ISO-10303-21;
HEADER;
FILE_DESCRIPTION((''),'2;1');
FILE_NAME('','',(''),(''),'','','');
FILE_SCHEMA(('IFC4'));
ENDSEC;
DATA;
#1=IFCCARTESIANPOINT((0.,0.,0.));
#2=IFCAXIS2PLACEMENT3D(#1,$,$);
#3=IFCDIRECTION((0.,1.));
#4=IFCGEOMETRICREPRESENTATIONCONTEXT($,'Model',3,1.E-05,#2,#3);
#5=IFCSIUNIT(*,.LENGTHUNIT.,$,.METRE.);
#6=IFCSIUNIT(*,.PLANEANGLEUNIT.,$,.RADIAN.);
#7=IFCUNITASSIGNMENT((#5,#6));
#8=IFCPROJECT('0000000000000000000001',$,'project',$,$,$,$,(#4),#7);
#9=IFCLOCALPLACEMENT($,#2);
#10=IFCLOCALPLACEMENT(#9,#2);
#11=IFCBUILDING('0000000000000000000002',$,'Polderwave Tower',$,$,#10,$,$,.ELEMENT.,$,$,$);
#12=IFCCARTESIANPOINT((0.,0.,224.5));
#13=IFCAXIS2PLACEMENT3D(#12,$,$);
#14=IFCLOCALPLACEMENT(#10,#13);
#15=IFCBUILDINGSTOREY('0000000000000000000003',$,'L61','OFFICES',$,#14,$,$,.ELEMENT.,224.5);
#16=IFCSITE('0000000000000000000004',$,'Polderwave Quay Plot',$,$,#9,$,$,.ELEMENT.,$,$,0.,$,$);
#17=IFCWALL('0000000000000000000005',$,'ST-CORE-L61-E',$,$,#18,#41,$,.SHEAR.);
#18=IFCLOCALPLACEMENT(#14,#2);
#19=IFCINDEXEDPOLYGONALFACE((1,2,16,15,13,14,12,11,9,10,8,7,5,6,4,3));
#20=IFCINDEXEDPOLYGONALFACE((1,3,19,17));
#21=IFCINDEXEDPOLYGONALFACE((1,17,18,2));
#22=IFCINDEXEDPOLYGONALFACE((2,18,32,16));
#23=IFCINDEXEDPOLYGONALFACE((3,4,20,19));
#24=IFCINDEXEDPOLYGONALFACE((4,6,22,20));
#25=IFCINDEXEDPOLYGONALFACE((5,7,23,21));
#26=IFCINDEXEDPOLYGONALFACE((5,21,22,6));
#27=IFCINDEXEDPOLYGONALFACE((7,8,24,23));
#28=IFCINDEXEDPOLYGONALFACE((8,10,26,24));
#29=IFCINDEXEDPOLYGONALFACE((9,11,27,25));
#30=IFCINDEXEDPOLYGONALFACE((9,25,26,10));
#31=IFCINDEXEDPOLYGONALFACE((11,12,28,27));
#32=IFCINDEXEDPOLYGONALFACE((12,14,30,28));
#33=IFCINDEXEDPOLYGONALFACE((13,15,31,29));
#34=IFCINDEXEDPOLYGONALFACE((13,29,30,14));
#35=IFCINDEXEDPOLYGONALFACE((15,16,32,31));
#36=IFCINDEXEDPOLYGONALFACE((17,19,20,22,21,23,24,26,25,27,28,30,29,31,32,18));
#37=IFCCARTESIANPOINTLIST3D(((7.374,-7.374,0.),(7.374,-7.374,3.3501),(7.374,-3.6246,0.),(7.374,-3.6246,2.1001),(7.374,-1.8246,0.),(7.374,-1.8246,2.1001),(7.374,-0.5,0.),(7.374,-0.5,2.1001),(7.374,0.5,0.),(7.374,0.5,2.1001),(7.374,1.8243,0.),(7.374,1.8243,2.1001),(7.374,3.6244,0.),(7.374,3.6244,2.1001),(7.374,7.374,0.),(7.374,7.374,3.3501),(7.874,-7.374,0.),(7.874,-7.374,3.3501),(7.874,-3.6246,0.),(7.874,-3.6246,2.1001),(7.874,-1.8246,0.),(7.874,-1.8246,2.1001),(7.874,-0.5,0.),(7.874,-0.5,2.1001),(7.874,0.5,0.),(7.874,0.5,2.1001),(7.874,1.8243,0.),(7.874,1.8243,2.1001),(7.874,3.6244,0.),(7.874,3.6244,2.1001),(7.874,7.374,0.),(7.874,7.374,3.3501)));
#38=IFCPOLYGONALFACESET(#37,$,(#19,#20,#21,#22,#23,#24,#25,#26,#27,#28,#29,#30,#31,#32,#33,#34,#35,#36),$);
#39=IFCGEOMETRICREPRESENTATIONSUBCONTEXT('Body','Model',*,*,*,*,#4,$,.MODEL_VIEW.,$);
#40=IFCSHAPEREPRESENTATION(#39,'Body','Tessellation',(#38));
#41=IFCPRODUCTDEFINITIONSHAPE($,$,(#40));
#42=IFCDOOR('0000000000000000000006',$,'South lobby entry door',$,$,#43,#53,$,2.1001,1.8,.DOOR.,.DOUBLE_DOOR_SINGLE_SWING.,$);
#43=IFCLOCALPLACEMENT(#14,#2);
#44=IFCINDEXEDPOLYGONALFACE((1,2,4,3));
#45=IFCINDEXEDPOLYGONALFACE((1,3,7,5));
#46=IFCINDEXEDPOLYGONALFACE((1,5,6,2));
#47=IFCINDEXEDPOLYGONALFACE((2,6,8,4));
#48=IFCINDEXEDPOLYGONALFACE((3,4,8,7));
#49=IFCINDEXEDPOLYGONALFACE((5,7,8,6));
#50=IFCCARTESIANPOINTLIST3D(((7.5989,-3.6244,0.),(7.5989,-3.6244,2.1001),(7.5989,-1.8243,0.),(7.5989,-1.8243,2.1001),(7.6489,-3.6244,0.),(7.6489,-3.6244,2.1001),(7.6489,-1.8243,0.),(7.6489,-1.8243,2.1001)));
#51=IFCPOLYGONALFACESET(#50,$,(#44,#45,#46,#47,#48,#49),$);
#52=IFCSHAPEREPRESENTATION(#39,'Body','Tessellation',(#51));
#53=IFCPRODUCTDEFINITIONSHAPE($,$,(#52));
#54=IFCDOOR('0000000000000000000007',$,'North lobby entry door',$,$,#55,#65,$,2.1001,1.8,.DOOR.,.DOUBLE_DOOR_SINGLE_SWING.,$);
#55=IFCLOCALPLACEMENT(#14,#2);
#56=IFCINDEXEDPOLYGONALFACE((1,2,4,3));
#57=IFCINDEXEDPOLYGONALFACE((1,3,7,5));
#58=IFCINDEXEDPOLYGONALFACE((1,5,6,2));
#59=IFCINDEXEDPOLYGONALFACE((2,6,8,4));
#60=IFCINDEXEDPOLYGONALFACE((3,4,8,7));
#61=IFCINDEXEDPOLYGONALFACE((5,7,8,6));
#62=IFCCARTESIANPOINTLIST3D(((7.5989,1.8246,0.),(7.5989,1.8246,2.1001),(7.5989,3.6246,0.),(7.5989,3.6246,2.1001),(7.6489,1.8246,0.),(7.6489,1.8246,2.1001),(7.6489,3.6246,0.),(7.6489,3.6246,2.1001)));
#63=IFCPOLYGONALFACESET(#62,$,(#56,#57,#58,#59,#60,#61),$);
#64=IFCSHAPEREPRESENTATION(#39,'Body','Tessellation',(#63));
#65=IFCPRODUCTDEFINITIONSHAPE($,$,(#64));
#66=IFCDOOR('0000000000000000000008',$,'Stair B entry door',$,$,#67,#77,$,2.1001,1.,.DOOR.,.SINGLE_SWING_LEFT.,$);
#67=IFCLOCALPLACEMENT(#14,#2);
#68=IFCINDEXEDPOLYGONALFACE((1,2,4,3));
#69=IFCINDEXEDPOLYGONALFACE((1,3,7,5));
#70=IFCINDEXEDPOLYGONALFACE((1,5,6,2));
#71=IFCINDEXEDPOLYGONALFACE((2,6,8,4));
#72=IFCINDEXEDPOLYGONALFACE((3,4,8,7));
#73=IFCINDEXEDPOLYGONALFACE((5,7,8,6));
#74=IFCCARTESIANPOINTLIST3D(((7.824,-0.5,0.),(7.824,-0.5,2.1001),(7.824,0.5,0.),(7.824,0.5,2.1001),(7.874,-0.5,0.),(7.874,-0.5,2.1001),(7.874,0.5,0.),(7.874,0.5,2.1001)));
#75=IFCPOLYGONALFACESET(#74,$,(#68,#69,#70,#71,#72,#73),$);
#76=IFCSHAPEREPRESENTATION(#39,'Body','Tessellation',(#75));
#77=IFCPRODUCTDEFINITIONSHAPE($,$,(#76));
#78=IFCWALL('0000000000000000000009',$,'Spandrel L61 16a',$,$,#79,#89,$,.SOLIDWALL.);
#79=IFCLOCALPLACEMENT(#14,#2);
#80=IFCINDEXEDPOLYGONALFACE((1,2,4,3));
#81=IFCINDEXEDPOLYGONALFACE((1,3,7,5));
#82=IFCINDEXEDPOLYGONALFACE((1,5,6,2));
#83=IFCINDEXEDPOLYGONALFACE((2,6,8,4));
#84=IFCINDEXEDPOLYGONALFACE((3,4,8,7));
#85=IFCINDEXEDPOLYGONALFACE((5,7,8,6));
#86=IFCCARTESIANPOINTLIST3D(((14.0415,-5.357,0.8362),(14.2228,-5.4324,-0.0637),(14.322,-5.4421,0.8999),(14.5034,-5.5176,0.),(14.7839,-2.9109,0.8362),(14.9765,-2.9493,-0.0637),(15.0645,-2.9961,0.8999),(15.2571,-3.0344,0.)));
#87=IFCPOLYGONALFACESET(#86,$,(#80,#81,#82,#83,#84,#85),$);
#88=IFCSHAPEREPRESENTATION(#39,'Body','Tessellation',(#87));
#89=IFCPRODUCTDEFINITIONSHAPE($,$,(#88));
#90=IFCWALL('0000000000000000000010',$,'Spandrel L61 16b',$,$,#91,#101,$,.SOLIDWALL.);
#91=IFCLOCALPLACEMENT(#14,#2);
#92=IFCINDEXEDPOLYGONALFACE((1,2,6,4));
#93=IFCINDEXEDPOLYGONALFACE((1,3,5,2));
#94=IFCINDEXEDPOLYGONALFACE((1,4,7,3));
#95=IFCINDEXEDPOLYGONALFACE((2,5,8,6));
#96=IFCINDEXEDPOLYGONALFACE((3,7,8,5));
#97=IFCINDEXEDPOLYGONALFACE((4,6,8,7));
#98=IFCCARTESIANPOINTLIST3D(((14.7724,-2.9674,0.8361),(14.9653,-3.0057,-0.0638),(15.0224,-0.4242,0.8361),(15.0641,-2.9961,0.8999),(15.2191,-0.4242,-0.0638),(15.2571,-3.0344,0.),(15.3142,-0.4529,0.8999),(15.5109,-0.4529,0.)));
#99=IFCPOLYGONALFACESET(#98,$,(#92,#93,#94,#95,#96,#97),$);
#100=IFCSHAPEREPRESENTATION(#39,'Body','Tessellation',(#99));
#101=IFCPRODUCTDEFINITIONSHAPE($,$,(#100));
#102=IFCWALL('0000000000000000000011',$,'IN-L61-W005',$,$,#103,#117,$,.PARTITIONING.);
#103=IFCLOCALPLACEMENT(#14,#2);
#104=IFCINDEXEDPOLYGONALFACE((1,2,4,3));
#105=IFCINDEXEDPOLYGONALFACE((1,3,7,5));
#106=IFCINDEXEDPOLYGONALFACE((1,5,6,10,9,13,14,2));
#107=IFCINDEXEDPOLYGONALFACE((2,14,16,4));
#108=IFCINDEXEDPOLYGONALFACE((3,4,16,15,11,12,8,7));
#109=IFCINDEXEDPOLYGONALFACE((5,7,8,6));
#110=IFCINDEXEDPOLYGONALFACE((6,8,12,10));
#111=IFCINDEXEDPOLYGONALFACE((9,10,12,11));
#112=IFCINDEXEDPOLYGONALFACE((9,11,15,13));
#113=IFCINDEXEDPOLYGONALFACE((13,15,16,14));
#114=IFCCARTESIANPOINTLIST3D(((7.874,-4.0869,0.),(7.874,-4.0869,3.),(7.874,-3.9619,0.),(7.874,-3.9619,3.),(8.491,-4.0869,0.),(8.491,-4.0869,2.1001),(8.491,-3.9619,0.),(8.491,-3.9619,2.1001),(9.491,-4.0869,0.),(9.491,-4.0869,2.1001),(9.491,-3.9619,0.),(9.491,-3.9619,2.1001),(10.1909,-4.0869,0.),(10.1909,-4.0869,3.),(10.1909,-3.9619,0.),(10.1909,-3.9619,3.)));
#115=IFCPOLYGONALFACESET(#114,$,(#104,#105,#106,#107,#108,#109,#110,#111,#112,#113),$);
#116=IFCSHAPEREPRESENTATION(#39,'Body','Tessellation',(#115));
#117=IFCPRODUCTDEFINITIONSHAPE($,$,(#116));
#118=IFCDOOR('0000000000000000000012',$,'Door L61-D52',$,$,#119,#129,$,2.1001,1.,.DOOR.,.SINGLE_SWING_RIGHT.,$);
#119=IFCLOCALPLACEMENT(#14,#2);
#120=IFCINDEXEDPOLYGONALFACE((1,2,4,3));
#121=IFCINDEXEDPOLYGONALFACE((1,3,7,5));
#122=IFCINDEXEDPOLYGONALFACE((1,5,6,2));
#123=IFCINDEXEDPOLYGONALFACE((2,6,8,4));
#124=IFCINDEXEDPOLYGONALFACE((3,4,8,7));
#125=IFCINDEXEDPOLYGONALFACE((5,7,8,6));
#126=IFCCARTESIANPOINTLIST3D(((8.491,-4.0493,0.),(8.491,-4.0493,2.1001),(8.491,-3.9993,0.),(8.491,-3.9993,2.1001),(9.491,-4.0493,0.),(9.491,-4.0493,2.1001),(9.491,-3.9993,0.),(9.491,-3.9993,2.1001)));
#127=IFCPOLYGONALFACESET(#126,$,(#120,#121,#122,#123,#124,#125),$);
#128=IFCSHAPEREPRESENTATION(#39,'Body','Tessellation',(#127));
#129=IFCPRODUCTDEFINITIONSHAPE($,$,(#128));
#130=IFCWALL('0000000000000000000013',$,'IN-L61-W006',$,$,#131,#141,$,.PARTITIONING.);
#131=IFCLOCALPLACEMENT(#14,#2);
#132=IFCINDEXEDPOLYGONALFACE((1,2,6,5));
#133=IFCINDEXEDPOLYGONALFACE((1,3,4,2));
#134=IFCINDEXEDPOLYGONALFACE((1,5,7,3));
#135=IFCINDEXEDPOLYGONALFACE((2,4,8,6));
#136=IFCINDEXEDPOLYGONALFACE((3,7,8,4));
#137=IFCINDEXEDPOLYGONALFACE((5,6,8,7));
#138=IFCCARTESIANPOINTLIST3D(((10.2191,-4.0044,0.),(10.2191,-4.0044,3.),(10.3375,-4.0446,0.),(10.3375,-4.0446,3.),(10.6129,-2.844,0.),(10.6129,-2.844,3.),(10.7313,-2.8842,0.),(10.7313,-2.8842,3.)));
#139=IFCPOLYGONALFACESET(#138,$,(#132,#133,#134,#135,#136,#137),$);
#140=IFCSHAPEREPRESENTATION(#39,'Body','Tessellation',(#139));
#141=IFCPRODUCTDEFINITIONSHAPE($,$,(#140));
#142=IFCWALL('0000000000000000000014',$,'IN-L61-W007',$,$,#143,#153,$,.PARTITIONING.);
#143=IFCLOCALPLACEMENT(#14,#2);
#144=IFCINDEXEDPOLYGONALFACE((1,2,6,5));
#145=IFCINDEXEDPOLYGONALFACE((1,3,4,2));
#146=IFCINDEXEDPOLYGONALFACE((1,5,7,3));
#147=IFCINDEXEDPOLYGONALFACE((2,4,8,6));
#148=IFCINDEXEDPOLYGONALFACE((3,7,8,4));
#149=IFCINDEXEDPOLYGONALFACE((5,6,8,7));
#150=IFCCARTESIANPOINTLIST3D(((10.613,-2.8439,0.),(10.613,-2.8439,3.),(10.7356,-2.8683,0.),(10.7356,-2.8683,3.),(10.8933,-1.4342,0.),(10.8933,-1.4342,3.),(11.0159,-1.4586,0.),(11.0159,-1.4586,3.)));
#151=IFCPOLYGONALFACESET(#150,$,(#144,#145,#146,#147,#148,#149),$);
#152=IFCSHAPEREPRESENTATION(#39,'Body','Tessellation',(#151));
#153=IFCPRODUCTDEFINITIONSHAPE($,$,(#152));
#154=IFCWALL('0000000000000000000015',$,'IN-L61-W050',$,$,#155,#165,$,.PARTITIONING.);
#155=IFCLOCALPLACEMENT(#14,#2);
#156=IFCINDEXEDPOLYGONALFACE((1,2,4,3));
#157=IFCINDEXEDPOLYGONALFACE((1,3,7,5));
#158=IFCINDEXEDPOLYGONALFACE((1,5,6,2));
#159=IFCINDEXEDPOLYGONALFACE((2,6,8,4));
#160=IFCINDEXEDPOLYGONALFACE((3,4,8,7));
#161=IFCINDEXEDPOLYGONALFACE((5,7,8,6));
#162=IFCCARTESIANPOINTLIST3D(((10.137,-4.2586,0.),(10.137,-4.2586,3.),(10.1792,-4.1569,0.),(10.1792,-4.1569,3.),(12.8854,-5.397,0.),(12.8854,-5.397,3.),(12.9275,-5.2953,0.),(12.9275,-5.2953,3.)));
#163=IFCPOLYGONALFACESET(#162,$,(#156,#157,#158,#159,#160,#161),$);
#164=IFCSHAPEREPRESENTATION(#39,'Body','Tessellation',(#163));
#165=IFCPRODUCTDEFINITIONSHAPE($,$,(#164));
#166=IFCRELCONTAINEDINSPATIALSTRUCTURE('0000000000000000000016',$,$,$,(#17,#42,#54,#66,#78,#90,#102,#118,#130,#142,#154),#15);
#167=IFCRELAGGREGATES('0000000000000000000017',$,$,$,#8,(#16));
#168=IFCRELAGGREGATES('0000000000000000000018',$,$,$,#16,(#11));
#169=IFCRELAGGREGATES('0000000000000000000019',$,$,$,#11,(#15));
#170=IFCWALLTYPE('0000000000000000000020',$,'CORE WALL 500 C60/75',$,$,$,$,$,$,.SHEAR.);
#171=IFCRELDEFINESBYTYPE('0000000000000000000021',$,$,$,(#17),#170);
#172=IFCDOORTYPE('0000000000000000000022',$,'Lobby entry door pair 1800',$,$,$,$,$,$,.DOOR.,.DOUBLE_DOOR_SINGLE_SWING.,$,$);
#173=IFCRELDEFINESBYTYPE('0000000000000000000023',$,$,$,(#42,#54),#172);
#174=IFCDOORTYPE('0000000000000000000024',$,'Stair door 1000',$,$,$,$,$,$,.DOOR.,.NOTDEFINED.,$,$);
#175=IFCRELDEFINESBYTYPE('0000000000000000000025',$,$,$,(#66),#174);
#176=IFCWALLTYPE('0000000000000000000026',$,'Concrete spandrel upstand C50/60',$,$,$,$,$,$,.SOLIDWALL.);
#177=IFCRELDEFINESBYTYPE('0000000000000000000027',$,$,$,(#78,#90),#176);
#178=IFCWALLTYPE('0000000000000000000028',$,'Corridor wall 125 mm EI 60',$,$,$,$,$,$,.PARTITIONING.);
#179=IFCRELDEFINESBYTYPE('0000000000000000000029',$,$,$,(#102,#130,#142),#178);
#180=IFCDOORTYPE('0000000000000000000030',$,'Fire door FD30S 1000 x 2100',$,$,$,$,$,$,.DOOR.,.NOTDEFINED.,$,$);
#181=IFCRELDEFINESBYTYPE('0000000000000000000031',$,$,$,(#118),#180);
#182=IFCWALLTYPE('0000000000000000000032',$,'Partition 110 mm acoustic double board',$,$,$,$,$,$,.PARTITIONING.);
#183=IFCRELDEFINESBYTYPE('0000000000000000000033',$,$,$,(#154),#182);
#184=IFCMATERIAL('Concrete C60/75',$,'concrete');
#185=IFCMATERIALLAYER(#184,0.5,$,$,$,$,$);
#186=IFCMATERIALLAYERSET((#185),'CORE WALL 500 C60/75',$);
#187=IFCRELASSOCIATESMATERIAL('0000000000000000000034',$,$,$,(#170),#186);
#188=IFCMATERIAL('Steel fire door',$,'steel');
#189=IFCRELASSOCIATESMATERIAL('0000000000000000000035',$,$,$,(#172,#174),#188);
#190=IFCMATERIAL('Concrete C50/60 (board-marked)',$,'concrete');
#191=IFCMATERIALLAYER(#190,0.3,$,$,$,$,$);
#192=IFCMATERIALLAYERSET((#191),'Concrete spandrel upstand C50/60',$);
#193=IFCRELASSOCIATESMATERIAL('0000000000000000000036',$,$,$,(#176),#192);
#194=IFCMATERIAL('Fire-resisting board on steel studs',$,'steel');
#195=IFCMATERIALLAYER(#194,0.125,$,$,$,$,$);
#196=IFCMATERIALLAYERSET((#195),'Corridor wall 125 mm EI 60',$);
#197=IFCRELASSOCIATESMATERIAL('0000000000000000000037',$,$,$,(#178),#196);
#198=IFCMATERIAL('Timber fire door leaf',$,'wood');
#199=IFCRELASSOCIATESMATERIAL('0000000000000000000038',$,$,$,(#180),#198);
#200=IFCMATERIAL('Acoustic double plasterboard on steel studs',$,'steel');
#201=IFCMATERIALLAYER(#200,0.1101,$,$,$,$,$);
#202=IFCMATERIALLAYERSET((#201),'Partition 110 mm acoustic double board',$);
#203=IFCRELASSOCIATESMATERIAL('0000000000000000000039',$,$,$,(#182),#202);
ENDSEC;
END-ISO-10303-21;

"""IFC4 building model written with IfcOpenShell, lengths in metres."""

from ifc_helpers import new_model, si_unit, direction, frame, frame_2d, origin, place, context, subcontext, project, spatial, polyline, rectangle, outline, extrude, material, layer, layer_set, type_object, element, fill, save


model = new_model("IFC4")

# Units and contexts
model_context = context("Model", 3, precision=1e-05, world=origin(), true_north=direction((0.0, 1.0)))
body_context = subcontext(model_context, "Body", "Model", "MODEL_VIEW")
ifc_project = project(units=[si_unit("LENGTHUNIT", "METRE"), si_unit("PLANEANGLEUNIT", "RADIAN")], contexts=[model_context])

# Site, building, storey
site_placement = place(None, origin())
site = spatial("IfcSite", under=ifc_project, at=site_placement, Name="Polderwave Quay Plot", CompositionType="ELEMENT", RefElevation=0.0)
building_placement = place(site_placement, origin())
building = spatial("IfcBuilding", under=site, at=building_placement, Name="Polderwave Tower", CompositionType="ELEMENT")
storey_placement = place(building_placement, frame((0.0, 0.0, 224.5)))
storey = spatial("IfcBuildingStorey", under=building, at=storey_placement, Name="L61", Description="OFFICES", CompositionType="ELEMENT", Elevation=224.5)

# Shared definitions
ifc_material_1 = material(Name="Concrete C60/75", Category="concrete")

# Wall, openings, doors
ifc_layer_1 = layer(ifc_material_1, 0.5)
ifc_layer_set_1 = layer_set([ifc_layer_1], Name="CORE WALL 500 C60/75")
wall_type_1 = type_object("IfcWallType", Name="CORE WALL 500 C60/75", PredefinedType="SHEAR", material=ifc_layer_set_1)
wall_1_placement = place(storey_placement, frame((7.624, -7.374, 0.0), z_axis=(0.0, 0.0, 1.0), x_axis=(0.0, 1.0, 0.0)))
wall_1 = element("IfcWall", 1, at=wall_1_placement, inside=storey, type_object=wall_type_1, Name="ST-CORE-L61-E", PredefinedType="SHEAR", context=body_context, shape_type="SweptSolid", body=[
    extrude(rectangle(XDim=14.748, YDim=0.5, at=frame_2d((7.374, 0.0))), origin(), (0.0, 0.0, 1.0), 3.3501),
])
opening_1_placement = place(wall_1_placement, frame((6.874, 0.0, 0.0)))
opening_1 = element("IfcOpeningElement", 2, at=opening_1_placement, cuts=wall_1, PredefinedType="OPENING", context=body_context, shape_type="SweptSolid", body=[
    extrude(rectangle(XDim=1.0, YDim=2.1001, at=frame_2d((0.5, 1.05))), frame((0.0, 0.26, 0.0), z_axis=(0.0, -1.0, 0.0), x_axis=(1.0, 0.0, 0.0)), (0.0, 0.0, 1.0), 0.52),
])
opening_2_placement = place(wall_1_placement, frame((3.7495, 0.0, 0.0)))
opening_2 = element("IfcOpeningElement", 3, at=opening_2_placement, cuts=wall_1, PredefinedType="OPENING", context=body_context, shape_type="SweptSolid", body=[
    extrude(rectangle(XDim=1.8, YDim=2.1001, at=frame_2d((0.8999, 1.05))), frame((0.0, 0.26, 0.0), z_axis=(0.0, -1.0, 0.0), x_axis=(1.0, 0.0, 0.0)), (0.0, 0.0, 1.0), 0.52),
])
opening_3_placement = place(wall_1_placement, frame((9.1985, 0.0, 0.0)))
opening_3 = element("IfcOpeningElement", 4, at=opening_3_placement, cuts=wall_1, PredefinedType="OPENING", context=body_context, shape_type="SweptSolid", body=[
    extrude(rectangle(XDim=1.8, YDim=2.1001, at=frame_2d((0.8999, 1.05))), frame((0.0, 0.26, 0.0), z_axis=(0.0, -1.0, 0.0), x_axis=(1.0, 0.0, 0.0)), (0.0, 0.0, 1.0), 0.52),
])
ifc_material_2 = material(Name="Steel fire door", Category="steel")
door_type_1 = type_object("IfcDoorType", Name="Lobby entry door pair 1800", OperationType="DOUBLE_DOOR_SINGLE_SWING", PredefinedType="DOOR", material=ifc_material_2)
door_1_placement = place(opening_2_placement, frame((1.8, 0.0, 0.0), z_axis=(0.0, 0.0, 1.0), x_axis=(-1.0, 0.0, 0.0)))
door_1 = element("IfcDoor", 5, at=door_1_placement, inside=storey, type_object=door_type_1, Name="South lobby entry door", OperationType="DOUBLE_DOOR_SINGLE_SWING", OverallHeight=2.1001, OverallWidth=1.8, PredefinedType="DOOR", context=body_context, shape_type="SweptSolid", body=[
    extrude(rectangle(XDim=1.8, YDim=2.1001, at=frame_2d((0.8999, 1.05))), frame((0.0, 0.0249, 0.0), z_axis=(0.0, -1.0, 0.0), x_axis=(1.0, 0.0, 0.0)), (0.0, 0.0, 1.0), 0.05),
])
fill(opening_2, door_1)
door_2_placement = place(opening_3_placement, frame((1.8, 0.0, 0.0), z_axis=(0.0, 0.0, 1.0), x_axis=(-1.0, 0.0, 0.0)))
door_2 = element("IfcDoor", 6, at=door_2_placement, inside=storey, type_object=door_type_1, Name="North lobby entry door", OperationType="DOUBLE_DOOR_SINGLE_SWING", OverallHeight=2.1001, OverallWidth=1.8, PredefinedType="DOOR", context=body_context, shape_type="SweptSolid", body=[
    extrude(rectangle(XDim=1.8, YDim=2.1001, at=frame_2d((0.8999, 1.05))), frame((0.0, 0.0249, 0.0), z_axis=(0.0, -1.0, 0.0), x_axis=(1.0, 0.0, 0.0)), (0.0, 0.0, 1.0), 0.05),
])
fill(opening_3, door_2)
door_type_2 = type_object("IfcDoorType", Name="Stair door 1000", OperationType="NOTDEFINED", PredefinedType="DOOR", material=ifc_material_2)
door_3_placement = place(opening_1_placement, frame((1.0, 0.0, 0.0), z_axis=(0.0, 0.0, 1.0), x_axis=(-1.0, 0.0, 0.0)))
door_3 = element("IfcDoor", 7, at=door_3_placement, inside=storey, type_object=door_type_2, Name="Stair B entry door", OperationType="SINGLE_SWING_LEFT", OverallHeight=2.1001, OverallWidth=1.0, PredefinedType="DOOR", context=body_context, shape_type="SweptSolid", body=[
    extrude(rectangle(XDim=1.0, YDim=2.1001, at=frame_2d((0.5, 1.05))), frame((0.0, 0.25, 0.0), z_axis=(0.0, -1.0, 0.0), x_axis=(1.0, 0.0, 0.0)), (0.0, 0.0, 1.0), 0.05),
])
fill(opening_1, door_3)

# Walls
ifc_material_3 = material(Name="Concrete C50/60 (board-marked)", Category="concrete")
ifc_layer_2 = layer(ifc_material_3, 0.3)
ifc_layer_set_2 = layer_set([ifc_layer_2], Name="Concrete spandrel upstand C50/60")
wall_type_2 = type_object("IfcWallType", Name="Concrete spandrel upstand C50/60", PredefinedType="SOLIDWALL", material=ifc_layer_set_2)
wall_2_placement = place(storey_placement, frame((14.5034, -5.5176, 0.0), z_axis=(0.93509, -0.283815, 0.212265), x_axis=(0.290433, 0.956895, 0.000001)))
element("IfcWall", 8, at=wall_2_placement, inside=storey, type_object=wall_type_2, Name="Spandrel L61 16a", PredefinedType="SOLIDWALL", context=body_context, shape_type="SweptSolid", body=[
    extrude(outline(polyline([(0.0, 0.0), (2.595, 0.0), (2.5757, 0.9209), (0.0195, 0.9209), (0.0, 0.0)])), origin(), (0.0, 0.0, -1.0), 0.3),
])
wall_3_placement = place(storey_placement, frame((15.2571, -3.0344, 0.0), z_axis=(0.972457, -0.09562, 0.212568), x_axis=(0.097857, 0.9952, -0.000005)))
element("IfcWall", 9, at=wall_3_placement, inside=storey, type_object=wall_type_2, Name="Spandrel L61 16b", PredefinedType="SOLIDWALL", context=body_context, shape_type="SweptSolid", body=[
    extrude(outline(polyline([(0.0, 0.0), (2.594, 0.0), (2.5747, 0.921), (0.0193, 0.9209), (0.0, 0.0)])), origin(), (0.0, 0.0, -1.0), 0.3),
])

# Wall, opening, door
ifc_material_4 = material(Name="Fire-resisting board on steel studs", Category="steel")
ifc_layer_3 = layer(ifc_material_4, 0.125)
ifc_layer_set_3 = layer_set([ifc_layer_3], Name="Corridor wall 125 mm EI 60")
wall_type_3 = type_object("IfcWallType", Name="Corridor wall 125 mm EI 60", PredefinedType="PARTITIONING", material=ifc_layer_set_3)
wall_4_placement = place(storey_placement, frame((10.1909, -4.0244, 0.0), z_axis=(0.0, 0.0, 1.0), x_axis=(-1.0, 0.0, 0.0)))
wall_4 = element("IfcWall", 10, at=wall_4_placement, inside=storey, type_object=wall_type_3, Name="IN-L61-W005", PredefinedType="PARTITIONING", context=body_context, shape_type="SweptSolid", body=[
    extrude(rectangle(XDim=2.3169, YDim=0.125, at=frame_2d((1.1584, 0.0))), origin(), (0.0, 0.0, 1.0), 3.0),
])
opening_4_placement = place(wall_4_placement, frame((0.7, 0.0, 0.0)))
opening_4 = element("IfcOpeningElement", 11, at=opening_4_placement, cuts=wall_4, PredefinedType="OPENING", context=body_context, shape_type="SweptSolid", body=[
    extrude(rectangle(XDim=1.0, YDim=2.1001, at=frame_2d((0.5, 1.05))), frame((0.0, 0.0725, 0.0), z_axis=(0.0, -1.0, 0.0), x_axis=(1.0, 0.0, 0.0)), (0.0, 0.0, 1.0), 0.145),
])
ifc_material_5 = material(Name="Timber fire door leaf", Category="wood")
door_type_3 = type_object("IfcDoorType", Name="Fire door FD30S 1000 x 2100", OperationType="NOTDEFINED", PredefinedType="DOOR", material=ifc_material_5)
door_4_placement = place(opening_4_placement, origin())
door_4 = element("IfcDoor", 12, at=door_4_placement, inside=storey, type_object=door_type_3, Name="Door L61-D52", OperationType="SINGLE_SWING_RIGHT", OverallHeight=2.1001, OverallWidth=1.0, PredefinedType="DOOR", context=body_context, shape_type="SweptSolid", body=[
    extrude(rectangle(XDim=1.0, YDim=2.1001, at=frame_2d((0.5, 1.05))), frame((0.0, 0.0249, 0.0), z_axis=(0.0, -1.0, 0.0), x_axis=(1.0, 0.0, 0.0)), (0.0, 0.0, 1.0), 0.05),
])
fill(opening_4, door_4)

# Walls
wall_5_placement = place(storey_placement, frame((10.6721, -2.864, 0.0), z_axis=(0.0, 0.0, 1.0), x_axis=(-0.321363, -0.946956, 0.0)))
element("IfcWall", 13, at=wall_5_placement, inside=storey, type_object=wall_type_3, Name="IN-L61-W006", PredefinedType="PARTITIONING", context=body_context, shape_type="SweptSolid", body=[
    extrude(rectangle(XDim=1.2253, YDim=0.125, at=frame_2d((0.6128, 0.0))), origin(), (0.0, 0.0, 1.0), 3.0),
])
wall_6_placement = place(storey_placement, frame((10.9546, -1.4463, 0.0), z_axis=(0.0, 0.0, 1.0), x_axis=(-0.195005, -0.980802, 0.0)))
element("IfcWall", 14, at=wall_6_placement, inside=storey, type_object=wall_type_3, Name="IN-L61-W007", PredefinedType="PARTITIONING", context=body_context, shape_type="SweptSolid", body=[
    extrude(rectangle(XDim=1.4373, YDim=0.125, at=frame_2d((0.7188, 0.0))), origin(), (0.0, 0.0, 1.0), 3.0),
])
ifc_material_6 = material(Name="Acoustic double plasterboard on steel studs", Category="steel")
ifc_layer_4 = layer(ifc_material_6, 0.1101)
ifc_layer_set_4 = layer_set([ifc_layer_4], Name="Partition 110 mm acoustic double board")
wall_type_4 = type_object("IfcWallType", Name="Partition 110 mm acoustic double board", PredefinedType="PARTITIONING", material=ifc_layer_set_4)
wall_7_placement = place(storey_placement, frame((10.1582, -4.2078, 0.0), z_axis=(0.0, 0.0, 1.0), x_axis=(0.923874, -0.382697, 0.0)))
element("IfcWall", 15, at=wall_7_placement, inside=storey, type_object=wall_type_4, Name="IN-L61-W050", PredefinedType="PARTITIONING", context=body_context, shape_type="SweptSolid", body=[
    extrude(rectangle(XDim=2.9749, YDim=0.1101, at=frame_2d((1.4873, 0.0))), origin(), (0.0, 0.0, 1.0), 3.0),
])

save(model, "model.ifc")
